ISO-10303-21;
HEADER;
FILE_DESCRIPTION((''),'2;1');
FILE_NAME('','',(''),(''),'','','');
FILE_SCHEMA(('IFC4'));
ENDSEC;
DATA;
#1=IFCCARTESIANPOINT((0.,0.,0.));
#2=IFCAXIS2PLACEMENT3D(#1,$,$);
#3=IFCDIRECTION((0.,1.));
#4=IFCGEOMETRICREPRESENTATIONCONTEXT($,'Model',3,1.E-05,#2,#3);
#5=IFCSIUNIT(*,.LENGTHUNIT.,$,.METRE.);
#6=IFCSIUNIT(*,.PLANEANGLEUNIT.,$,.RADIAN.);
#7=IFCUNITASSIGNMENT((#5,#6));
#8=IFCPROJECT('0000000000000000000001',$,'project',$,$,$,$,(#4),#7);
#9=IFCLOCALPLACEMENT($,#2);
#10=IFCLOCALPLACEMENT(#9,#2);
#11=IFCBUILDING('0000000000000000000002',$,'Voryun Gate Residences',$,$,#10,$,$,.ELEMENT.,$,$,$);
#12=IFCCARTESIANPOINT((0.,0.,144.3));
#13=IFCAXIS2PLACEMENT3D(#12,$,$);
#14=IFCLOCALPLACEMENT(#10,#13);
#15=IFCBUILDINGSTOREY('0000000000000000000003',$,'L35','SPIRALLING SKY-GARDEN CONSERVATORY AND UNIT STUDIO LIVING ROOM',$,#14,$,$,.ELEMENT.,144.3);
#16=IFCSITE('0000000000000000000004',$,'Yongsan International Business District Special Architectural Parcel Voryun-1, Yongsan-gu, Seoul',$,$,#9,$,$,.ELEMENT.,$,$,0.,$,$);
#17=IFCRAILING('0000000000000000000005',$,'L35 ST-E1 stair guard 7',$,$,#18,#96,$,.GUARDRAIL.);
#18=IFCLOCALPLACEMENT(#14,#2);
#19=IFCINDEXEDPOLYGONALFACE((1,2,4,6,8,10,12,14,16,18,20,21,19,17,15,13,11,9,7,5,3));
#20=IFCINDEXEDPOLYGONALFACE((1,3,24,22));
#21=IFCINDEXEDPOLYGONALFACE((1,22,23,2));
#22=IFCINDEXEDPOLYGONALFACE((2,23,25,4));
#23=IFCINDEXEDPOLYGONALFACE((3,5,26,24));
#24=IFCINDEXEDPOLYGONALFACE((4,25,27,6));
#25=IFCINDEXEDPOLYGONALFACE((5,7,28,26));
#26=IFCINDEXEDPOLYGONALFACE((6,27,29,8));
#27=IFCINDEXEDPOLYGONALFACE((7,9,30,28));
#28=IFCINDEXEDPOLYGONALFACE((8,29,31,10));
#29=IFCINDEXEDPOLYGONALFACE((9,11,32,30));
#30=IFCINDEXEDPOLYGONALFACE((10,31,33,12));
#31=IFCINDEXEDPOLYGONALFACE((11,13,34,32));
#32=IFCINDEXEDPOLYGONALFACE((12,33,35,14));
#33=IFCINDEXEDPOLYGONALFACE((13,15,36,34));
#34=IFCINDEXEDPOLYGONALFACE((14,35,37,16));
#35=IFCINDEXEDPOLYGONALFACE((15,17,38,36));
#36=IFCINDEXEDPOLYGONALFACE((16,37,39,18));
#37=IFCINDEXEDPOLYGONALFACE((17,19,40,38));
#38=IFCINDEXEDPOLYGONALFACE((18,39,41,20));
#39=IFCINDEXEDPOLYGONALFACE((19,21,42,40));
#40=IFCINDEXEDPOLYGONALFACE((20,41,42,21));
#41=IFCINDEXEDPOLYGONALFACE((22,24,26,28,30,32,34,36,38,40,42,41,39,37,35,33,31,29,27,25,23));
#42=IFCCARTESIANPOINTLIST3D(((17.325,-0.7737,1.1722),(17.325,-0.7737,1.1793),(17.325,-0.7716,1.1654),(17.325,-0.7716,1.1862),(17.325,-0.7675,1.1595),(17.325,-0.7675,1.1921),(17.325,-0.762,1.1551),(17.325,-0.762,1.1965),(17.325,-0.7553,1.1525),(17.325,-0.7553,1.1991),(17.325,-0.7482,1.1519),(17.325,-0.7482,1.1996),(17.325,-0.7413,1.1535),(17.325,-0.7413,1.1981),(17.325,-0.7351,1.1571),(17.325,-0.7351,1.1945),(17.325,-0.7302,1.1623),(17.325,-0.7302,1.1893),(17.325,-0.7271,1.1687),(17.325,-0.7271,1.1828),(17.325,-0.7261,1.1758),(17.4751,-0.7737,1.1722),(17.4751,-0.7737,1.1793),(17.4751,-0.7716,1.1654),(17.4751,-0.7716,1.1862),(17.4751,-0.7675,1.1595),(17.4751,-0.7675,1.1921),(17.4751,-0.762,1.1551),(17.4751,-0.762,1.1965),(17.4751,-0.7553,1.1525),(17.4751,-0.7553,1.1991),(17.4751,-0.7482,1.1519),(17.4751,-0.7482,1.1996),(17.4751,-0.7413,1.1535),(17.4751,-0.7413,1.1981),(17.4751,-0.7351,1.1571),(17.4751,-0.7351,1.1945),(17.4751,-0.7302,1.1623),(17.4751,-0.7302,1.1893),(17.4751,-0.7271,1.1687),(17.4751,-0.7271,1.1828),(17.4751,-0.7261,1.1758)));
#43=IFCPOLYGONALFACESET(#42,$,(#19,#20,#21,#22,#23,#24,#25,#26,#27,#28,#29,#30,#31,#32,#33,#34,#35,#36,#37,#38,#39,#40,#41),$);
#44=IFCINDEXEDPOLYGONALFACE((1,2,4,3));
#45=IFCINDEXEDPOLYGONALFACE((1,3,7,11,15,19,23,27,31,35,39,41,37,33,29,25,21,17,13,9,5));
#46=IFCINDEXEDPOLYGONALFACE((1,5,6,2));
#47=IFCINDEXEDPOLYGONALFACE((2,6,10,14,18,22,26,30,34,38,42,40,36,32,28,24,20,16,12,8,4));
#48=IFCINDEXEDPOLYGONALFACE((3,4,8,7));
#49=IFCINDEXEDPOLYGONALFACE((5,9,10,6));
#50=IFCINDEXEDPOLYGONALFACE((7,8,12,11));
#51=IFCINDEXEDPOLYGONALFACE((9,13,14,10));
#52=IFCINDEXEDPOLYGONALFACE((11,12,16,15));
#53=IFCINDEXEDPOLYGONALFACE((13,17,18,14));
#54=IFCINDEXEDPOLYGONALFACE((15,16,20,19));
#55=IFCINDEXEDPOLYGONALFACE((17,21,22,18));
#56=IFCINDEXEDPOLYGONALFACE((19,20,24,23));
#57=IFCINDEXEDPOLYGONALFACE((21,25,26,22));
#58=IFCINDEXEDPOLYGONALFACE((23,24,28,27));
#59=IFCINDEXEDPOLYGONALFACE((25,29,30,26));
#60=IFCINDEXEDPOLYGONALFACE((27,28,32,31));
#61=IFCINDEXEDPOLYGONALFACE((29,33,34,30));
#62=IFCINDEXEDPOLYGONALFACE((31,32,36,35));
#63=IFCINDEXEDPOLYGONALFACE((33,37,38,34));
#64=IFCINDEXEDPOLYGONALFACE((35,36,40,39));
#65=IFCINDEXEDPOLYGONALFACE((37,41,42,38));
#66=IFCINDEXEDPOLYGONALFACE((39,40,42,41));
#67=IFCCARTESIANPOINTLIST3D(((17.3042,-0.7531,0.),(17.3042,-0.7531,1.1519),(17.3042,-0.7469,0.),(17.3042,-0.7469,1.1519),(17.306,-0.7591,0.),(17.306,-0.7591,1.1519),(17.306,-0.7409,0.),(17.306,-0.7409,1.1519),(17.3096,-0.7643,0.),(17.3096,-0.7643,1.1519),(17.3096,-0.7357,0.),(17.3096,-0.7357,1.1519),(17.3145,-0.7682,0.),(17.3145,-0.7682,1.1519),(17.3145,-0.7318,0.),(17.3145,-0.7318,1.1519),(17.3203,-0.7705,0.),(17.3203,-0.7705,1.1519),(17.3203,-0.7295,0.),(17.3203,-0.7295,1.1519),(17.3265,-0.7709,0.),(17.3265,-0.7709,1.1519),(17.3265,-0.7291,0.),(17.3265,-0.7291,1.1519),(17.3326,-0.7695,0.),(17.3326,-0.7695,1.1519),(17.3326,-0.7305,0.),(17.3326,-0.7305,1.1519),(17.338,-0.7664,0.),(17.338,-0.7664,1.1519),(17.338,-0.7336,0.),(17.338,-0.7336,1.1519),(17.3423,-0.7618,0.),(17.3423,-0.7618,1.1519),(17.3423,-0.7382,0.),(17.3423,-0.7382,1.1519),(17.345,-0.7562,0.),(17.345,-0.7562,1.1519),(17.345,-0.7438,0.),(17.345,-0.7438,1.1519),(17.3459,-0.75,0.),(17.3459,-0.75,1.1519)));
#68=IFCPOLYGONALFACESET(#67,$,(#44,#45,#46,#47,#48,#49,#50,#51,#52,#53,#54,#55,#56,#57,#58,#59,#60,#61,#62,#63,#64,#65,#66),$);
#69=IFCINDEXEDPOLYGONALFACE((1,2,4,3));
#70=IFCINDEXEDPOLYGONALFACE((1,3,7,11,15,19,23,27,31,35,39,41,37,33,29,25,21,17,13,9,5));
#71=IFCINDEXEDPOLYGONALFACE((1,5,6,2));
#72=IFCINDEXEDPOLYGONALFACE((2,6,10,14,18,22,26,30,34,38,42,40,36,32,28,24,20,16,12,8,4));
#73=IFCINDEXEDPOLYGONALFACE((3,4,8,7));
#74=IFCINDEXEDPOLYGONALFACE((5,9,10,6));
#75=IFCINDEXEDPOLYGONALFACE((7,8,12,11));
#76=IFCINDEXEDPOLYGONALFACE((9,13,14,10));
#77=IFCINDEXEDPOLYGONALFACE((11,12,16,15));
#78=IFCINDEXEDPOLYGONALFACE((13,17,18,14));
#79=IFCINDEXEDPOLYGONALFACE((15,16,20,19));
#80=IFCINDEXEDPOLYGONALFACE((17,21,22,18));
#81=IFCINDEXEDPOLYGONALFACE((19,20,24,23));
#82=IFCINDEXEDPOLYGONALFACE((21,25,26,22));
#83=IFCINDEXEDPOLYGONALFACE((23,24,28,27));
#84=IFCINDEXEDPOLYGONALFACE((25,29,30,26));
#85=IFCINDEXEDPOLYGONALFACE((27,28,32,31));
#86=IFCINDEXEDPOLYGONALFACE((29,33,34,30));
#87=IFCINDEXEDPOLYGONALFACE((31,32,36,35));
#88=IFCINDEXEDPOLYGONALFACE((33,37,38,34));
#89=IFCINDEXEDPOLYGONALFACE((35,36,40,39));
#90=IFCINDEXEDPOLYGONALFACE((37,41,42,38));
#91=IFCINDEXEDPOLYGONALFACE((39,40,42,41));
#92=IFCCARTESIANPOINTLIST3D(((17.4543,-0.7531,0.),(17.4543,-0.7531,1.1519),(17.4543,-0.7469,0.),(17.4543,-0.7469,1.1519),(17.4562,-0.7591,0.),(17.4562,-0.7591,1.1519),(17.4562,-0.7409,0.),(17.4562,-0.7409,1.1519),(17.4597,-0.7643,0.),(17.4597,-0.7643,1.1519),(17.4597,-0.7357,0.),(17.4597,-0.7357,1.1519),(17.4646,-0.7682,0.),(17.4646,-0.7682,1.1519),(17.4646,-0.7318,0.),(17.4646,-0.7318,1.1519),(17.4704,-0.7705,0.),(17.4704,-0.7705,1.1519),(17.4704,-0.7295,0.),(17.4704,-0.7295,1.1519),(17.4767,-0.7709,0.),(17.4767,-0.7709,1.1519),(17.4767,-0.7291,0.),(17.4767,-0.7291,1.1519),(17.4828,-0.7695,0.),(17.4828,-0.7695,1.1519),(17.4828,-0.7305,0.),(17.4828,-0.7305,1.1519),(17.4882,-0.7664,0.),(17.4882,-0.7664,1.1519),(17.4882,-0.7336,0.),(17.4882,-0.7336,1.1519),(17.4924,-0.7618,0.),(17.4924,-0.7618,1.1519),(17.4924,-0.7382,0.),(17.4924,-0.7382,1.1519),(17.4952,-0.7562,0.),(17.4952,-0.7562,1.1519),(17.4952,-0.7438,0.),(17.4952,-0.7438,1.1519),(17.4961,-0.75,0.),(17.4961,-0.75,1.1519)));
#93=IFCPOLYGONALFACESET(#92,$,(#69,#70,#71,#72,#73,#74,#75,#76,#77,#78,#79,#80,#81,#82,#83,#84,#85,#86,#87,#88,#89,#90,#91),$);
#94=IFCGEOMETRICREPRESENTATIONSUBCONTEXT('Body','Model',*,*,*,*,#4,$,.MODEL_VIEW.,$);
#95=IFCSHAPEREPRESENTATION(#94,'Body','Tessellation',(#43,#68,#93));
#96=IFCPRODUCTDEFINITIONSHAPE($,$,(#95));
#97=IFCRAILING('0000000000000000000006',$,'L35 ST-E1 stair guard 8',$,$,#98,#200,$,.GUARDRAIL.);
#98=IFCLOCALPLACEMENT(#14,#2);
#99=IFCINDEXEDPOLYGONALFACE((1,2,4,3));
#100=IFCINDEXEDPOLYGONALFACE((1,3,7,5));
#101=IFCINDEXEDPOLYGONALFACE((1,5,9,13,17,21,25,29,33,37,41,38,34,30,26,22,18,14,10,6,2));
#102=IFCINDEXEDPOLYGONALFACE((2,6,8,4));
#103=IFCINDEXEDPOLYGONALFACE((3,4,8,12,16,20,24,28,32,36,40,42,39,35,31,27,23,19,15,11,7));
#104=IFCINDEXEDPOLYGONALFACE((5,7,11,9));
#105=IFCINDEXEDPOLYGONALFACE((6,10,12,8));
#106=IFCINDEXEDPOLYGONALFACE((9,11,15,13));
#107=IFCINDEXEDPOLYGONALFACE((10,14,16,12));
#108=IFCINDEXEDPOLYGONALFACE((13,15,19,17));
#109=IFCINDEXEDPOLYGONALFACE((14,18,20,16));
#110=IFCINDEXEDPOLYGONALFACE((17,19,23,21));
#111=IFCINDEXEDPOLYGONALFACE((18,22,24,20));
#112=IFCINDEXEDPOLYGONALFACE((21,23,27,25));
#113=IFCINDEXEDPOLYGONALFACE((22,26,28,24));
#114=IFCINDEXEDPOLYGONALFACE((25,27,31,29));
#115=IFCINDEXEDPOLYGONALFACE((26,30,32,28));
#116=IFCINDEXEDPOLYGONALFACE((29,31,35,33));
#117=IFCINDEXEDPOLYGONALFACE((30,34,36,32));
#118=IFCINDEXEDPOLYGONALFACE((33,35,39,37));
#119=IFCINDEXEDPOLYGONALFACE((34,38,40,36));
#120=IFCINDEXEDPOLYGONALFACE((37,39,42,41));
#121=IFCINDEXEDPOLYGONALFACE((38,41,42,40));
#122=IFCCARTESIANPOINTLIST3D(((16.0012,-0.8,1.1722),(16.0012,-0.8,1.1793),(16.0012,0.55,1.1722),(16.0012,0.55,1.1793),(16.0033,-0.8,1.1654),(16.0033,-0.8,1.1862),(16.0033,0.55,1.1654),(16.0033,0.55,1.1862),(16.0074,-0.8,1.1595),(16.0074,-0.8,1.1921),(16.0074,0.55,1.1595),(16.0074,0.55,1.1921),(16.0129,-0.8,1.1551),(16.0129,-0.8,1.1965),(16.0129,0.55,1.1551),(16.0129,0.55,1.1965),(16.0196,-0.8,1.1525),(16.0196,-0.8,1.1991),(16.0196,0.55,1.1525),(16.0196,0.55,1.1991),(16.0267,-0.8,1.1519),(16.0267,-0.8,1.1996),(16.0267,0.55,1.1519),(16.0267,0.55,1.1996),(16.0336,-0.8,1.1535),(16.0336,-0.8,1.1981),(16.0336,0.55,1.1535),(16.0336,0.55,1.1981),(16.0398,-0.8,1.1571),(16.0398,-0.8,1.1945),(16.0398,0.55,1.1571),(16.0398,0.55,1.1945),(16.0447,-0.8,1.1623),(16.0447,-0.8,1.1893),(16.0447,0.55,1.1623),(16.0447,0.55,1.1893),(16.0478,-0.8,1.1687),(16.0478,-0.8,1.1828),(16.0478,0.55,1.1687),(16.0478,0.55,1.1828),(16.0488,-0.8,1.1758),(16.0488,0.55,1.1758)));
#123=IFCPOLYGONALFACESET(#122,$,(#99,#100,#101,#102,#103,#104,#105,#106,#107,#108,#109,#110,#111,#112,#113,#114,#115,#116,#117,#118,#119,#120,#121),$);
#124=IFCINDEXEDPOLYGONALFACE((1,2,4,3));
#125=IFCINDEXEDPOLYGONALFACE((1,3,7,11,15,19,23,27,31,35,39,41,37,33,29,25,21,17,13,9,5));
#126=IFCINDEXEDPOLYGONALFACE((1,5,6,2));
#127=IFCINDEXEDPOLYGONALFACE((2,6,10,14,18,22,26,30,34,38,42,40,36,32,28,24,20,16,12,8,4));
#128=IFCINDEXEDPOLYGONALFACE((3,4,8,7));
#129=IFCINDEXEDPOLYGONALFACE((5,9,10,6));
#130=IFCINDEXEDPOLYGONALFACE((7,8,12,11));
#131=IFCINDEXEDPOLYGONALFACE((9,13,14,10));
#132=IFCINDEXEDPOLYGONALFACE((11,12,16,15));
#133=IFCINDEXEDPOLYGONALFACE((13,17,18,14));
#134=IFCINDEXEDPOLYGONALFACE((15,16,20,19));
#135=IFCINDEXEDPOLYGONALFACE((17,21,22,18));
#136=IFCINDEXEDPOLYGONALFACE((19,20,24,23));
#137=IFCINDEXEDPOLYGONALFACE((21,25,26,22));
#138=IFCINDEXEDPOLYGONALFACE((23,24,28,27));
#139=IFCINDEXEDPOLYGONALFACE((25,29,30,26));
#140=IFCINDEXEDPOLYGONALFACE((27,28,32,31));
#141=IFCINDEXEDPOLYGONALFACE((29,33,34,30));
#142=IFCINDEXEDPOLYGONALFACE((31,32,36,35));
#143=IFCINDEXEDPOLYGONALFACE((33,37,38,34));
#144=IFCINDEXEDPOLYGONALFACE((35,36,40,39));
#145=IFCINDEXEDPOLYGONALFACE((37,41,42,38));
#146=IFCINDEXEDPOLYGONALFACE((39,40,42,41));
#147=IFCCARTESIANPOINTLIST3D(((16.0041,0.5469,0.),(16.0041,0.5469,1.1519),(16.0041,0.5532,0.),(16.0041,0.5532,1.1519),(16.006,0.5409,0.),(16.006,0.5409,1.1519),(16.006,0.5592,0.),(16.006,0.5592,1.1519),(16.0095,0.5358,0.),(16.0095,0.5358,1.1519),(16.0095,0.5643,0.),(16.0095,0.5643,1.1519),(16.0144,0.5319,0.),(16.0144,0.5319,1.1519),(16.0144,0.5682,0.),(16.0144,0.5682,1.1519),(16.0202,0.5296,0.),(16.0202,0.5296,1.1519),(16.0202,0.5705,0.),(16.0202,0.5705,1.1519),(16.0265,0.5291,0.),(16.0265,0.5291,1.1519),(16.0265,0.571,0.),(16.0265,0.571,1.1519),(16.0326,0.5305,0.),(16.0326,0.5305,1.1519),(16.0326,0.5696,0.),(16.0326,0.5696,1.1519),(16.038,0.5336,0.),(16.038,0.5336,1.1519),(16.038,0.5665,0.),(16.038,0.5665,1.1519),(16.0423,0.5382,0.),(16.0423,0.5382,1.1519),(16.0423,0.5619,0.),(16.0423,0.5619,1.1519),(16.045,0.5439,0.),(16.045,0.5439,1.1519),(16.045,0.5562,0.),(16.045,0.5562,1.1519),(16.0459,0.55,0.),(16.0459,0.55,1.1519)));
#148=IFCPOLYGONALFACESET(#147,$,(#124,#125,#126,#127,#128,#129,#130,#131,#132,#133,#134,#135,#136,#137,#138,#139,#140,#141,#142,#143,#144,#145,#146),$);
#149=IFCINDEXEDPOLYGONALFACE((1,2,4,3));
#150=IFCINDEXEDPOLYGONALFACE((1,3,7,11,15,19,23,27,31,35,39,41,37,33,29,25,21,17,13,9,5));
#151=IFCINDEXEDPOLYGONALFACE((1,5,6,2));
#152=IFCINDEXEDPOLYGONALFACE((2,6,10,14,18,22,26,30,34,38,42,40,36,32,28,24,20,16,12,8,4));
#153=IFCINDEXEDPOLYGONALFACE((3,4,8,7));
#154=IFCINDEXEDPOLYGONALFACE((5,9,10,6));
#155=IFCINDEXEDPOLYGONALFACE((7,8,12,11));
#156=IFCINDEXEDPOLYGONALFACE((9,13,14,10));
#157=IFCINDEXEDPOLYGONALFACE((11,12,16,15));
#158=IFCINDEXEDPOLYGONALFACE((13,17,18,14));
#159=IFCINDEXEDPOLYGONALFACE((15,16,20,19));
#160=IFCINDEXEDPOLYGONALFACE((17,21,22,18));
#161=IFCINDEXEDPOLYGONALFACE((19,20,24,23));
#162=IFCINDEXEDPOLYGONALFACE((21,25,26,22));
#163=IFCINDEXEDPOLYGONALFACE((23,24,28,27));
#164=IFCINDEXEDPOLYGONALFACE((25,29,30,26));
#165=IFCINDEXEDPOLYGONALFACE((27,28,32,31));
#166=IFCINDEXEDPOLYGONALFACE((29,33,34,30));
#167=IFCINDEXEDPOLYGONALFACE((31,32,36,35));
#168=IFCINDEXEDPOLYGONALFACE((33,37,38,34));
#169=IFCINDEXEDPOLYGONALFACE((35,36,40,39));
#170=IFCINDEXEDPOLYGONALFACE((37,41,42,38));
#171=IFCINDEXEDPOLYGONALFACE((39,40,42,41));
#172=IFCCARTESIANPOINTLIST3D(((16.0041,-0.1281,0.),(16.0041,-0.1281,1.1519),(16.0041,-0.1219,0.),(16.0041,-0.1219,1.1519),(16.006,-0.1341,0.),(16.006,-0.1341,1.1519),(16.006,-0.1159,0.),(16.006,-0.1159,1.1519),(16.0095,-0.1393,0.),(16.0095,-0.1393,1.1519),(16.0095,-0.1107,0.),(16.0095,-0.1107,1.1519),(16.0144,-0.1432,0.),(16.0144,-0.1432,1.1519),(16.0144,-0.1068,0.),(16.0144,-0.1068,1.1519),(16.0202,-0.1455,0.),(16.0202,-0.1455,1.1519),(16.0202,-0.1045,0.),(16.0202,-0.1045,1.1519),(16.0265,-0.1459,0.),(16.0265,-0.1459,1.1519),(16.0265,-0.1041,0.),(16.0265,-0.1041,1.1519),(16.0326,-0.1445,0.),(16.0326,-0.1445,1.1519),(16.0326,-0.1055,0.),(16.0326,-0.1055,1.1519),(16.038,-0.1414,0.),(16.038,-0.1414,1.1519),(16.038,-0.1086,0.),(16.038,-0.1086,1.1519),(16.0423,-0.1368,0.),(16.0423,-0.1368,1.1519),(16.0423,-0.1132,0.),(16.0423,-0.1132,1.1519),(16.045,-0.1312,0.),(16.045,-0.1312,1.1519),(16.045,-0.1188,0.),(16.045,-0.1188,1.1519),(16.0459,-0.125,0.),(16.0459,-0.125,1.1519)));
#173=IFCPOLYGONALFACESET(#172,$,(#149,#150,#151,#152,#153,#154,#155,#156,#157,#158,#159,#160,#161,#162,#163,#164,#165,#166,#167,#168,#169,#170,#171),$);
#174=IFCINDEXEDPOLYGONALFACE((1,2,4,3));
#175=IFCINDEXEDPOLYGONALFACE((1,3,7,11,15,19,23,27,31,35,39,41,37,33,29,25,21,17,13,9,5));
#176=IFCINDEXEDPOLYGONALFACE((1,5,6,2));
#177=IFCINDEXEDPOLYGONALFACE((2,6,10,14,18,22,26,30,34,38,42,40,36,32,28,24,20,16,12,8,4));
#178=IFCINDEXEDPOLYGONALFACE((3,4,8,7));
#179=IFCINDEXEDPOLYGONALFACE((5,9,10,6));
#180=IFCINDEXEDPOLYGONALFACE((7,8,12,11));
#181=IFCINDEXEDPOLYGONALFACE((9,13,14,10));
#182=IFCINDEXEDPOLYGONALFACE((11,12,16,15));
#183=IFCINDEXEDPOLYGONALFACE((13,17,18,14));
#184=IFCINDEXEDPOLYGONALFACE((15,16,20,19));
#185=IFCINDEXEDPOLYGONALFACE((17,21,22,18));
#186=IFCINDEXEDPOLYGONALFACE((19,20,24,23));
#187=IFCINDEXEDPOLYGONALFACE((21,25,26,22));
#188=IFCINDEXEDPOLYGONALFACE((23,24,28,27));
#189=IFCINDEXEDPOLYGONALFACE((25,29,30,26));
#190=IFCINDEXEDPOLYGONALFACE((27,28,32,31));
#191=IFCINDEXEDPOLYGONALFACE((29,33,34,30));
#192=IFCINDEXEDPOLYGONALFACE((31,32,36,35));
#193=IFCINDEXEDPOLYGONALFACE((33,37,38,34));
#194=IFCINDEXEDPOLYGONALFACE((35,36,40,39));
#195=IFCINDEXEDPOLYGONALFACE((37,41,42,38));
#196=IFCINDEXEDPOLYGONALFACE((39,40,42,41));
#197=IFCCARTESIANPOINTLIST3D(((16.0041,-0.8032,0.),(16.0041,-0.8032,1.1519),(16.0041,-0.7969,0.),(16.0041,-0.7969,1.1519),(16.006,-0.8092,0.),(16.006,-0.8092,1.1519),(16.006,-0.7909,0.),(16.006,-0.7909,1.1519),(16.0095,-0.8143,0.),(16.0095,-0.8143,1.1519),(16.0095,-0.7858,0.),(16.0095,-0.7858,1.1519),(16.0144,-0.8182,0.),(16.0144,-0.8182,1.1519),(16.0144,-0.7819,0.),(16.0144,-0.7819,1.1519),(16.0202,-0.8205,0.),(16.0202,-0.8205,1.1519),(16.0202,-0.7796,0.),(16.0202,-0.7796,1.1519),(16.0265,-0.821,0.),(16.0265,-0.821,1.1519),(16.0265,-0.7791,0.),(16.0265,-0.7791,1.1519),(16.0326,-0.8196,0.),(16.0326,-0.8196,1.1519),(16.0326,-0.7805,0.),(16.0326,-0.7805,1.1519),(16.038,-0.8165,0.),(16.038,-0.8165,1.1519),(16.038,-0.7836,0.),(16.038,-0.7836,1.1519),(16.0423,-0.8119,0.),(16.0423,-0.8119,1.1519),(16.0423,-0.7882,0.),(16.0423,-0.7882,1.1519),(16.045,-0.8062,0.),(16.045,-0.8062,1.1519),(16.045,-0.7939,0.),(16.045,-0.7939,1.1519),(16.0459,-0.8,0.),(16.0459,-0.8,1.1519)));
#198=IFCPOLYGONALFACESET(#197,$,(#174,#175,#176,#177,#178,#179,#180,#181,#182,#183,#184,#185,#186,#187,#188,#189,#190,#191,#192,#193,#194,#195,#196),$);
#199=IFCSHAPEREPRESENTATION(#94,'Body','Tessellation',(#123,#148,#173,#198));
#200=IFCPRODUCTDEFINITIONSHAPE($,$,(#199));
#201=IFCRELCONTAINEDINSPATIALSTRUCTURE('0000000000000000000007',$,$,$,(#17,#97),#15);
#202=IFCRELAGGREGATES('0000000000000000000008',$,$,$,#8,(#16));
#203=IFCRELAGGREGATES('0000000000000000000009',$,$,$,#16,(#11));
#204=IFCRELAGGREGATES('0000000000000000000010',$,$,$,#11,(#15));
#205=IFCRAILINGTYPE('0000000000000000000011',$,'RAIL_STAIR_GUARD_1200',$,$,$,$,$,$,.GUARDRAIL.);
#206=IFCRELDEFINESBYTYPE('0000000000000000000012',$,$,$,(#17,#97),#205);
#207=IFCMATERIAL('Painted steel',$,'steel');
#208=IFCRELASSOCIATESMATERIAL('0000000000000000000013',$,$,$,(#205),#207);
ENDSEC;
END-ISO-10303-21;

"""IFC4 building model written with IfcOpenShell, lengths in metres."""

from ifc_helpers import new_model, si_unit, direction, frame, origin, origin_2d, place, context, subcontext, project, spatial, circle, extrude, material, type_object, element, save


model = new_model("IFC4")

# Units and contexts
model_context = context("Model", 3, precision=1e-05, world=origin(), true_north=direction((0.0, 1.0)))
body_context = subcontext(model_context, "Body", "Model", "MODEL_VIEW")
ifc_project = project(units=[si_unit("LENGTHUNIT", "METRE"), si_unit("PLANEANGLEUNIT", "RADIAN")], contexts=[model_context])

# Site, building, storey
site_placement = place(None, origin())
site = spatial("IfcSite", under=ifc_project, at=site_placement, Name="Yongsan International Business District Special Architectural Parcel Voryun-1, Yongsan-gu, Seoul", CompositionType="ELEMENT", RefElevation=0.0)
building_placement = place(site_placement, origin())
building = spatial("IfcBuilding", under=site, at=building_placement, Name="Voryun Gate Residences", CompositionType="ELEMENT")
storey_placement = place(building_placement, frame((0.0, 0.0, 144.3)))
storey = spatial("IfcBuildingStorey", under=building, at=storey_placement, Name="L35", Description="SPIRALLING SKY-GARDEN CONSERVATORY AND UNIT STUDIO LIVING ROOM", CompositionType="ELEMENT", Elevation=144.3)

# Railings
ifc_material_1 = material(Name="Painted steel", Category="steel")
railing_type = type_object("IfcRailingType", Name="RAIL_STAIR_GUARD_1200", PredefinedType="GUARDRAIL", material=ifc_material_1)
railing_1_placement = place(storey_placement, frame((17.325, -0.75, 0.0)))
element("IfcRailing", 1, at=railing_1_placement, inside=storey, type_object=railing_type, Name="L35 ST-E1 stair guard 7", PredefinedType="GUARDRAIL", context=body_context, shape_type="SweptSolid", body=[
    extrude(circle(Radius=0.0239, at=origin_2d()), frame((0.0, 0.0, 1.1758), z_axis=(1.0, 0.0, 0.0), x_axis=(0.0, 1.0, 0.0)), (0.0, 0.0, 1.0), 0.1501),
    extrude(circle(Radius=0.021, at=origin_2d()), origin(), (0.0, 0.0, 1.0), 1.1519),
    extrude(circle(Radius=0.021, at=origin_2d()), frame((0.1501, 0.0, 0.0)), (0.0, 0.0, 1.0), 1.1519),
])
for number, where, name in (
    (2, (16.0249, 0.55, 0.0), "L35 ST-E1 stair guard 8"),
):
    element("IfcRailing", number, at=place(storey_placement, frame(where)), inside=storey, type_object=railing_type, Name=name, PredefinedType="GUARDRAIL", context=body_context, shape_type="SweptSolid", body=[
        extrude(circle(Radius=0.0239, at=origin_2d()), frame((0.0, 0.0, 1.1758), z_axis=(0.0, -1.0, 0.0), x_axis=(1.0, 0.0, 0.0)), (0.0, 0.0, 1.0), 1.3501),
        extrude(circle(Radius=0.021, at=origin_2d()), origin(), (0.0, 0.0, 1.0), 1.1519),
        extrude(circle(Radius=0.021, at=origin_2d()), frame((0.0, -0.675, 0.0)), (0.0, 0.0, 1.0), 1.1519),
        extrude(circle(Radius=0.021, at=origin_2d()), frame((0.0, -1.3501, 0.0)), (0.0, 0.0, 1.0), 1.1519),
    ])

save(model, "model.ifc")
